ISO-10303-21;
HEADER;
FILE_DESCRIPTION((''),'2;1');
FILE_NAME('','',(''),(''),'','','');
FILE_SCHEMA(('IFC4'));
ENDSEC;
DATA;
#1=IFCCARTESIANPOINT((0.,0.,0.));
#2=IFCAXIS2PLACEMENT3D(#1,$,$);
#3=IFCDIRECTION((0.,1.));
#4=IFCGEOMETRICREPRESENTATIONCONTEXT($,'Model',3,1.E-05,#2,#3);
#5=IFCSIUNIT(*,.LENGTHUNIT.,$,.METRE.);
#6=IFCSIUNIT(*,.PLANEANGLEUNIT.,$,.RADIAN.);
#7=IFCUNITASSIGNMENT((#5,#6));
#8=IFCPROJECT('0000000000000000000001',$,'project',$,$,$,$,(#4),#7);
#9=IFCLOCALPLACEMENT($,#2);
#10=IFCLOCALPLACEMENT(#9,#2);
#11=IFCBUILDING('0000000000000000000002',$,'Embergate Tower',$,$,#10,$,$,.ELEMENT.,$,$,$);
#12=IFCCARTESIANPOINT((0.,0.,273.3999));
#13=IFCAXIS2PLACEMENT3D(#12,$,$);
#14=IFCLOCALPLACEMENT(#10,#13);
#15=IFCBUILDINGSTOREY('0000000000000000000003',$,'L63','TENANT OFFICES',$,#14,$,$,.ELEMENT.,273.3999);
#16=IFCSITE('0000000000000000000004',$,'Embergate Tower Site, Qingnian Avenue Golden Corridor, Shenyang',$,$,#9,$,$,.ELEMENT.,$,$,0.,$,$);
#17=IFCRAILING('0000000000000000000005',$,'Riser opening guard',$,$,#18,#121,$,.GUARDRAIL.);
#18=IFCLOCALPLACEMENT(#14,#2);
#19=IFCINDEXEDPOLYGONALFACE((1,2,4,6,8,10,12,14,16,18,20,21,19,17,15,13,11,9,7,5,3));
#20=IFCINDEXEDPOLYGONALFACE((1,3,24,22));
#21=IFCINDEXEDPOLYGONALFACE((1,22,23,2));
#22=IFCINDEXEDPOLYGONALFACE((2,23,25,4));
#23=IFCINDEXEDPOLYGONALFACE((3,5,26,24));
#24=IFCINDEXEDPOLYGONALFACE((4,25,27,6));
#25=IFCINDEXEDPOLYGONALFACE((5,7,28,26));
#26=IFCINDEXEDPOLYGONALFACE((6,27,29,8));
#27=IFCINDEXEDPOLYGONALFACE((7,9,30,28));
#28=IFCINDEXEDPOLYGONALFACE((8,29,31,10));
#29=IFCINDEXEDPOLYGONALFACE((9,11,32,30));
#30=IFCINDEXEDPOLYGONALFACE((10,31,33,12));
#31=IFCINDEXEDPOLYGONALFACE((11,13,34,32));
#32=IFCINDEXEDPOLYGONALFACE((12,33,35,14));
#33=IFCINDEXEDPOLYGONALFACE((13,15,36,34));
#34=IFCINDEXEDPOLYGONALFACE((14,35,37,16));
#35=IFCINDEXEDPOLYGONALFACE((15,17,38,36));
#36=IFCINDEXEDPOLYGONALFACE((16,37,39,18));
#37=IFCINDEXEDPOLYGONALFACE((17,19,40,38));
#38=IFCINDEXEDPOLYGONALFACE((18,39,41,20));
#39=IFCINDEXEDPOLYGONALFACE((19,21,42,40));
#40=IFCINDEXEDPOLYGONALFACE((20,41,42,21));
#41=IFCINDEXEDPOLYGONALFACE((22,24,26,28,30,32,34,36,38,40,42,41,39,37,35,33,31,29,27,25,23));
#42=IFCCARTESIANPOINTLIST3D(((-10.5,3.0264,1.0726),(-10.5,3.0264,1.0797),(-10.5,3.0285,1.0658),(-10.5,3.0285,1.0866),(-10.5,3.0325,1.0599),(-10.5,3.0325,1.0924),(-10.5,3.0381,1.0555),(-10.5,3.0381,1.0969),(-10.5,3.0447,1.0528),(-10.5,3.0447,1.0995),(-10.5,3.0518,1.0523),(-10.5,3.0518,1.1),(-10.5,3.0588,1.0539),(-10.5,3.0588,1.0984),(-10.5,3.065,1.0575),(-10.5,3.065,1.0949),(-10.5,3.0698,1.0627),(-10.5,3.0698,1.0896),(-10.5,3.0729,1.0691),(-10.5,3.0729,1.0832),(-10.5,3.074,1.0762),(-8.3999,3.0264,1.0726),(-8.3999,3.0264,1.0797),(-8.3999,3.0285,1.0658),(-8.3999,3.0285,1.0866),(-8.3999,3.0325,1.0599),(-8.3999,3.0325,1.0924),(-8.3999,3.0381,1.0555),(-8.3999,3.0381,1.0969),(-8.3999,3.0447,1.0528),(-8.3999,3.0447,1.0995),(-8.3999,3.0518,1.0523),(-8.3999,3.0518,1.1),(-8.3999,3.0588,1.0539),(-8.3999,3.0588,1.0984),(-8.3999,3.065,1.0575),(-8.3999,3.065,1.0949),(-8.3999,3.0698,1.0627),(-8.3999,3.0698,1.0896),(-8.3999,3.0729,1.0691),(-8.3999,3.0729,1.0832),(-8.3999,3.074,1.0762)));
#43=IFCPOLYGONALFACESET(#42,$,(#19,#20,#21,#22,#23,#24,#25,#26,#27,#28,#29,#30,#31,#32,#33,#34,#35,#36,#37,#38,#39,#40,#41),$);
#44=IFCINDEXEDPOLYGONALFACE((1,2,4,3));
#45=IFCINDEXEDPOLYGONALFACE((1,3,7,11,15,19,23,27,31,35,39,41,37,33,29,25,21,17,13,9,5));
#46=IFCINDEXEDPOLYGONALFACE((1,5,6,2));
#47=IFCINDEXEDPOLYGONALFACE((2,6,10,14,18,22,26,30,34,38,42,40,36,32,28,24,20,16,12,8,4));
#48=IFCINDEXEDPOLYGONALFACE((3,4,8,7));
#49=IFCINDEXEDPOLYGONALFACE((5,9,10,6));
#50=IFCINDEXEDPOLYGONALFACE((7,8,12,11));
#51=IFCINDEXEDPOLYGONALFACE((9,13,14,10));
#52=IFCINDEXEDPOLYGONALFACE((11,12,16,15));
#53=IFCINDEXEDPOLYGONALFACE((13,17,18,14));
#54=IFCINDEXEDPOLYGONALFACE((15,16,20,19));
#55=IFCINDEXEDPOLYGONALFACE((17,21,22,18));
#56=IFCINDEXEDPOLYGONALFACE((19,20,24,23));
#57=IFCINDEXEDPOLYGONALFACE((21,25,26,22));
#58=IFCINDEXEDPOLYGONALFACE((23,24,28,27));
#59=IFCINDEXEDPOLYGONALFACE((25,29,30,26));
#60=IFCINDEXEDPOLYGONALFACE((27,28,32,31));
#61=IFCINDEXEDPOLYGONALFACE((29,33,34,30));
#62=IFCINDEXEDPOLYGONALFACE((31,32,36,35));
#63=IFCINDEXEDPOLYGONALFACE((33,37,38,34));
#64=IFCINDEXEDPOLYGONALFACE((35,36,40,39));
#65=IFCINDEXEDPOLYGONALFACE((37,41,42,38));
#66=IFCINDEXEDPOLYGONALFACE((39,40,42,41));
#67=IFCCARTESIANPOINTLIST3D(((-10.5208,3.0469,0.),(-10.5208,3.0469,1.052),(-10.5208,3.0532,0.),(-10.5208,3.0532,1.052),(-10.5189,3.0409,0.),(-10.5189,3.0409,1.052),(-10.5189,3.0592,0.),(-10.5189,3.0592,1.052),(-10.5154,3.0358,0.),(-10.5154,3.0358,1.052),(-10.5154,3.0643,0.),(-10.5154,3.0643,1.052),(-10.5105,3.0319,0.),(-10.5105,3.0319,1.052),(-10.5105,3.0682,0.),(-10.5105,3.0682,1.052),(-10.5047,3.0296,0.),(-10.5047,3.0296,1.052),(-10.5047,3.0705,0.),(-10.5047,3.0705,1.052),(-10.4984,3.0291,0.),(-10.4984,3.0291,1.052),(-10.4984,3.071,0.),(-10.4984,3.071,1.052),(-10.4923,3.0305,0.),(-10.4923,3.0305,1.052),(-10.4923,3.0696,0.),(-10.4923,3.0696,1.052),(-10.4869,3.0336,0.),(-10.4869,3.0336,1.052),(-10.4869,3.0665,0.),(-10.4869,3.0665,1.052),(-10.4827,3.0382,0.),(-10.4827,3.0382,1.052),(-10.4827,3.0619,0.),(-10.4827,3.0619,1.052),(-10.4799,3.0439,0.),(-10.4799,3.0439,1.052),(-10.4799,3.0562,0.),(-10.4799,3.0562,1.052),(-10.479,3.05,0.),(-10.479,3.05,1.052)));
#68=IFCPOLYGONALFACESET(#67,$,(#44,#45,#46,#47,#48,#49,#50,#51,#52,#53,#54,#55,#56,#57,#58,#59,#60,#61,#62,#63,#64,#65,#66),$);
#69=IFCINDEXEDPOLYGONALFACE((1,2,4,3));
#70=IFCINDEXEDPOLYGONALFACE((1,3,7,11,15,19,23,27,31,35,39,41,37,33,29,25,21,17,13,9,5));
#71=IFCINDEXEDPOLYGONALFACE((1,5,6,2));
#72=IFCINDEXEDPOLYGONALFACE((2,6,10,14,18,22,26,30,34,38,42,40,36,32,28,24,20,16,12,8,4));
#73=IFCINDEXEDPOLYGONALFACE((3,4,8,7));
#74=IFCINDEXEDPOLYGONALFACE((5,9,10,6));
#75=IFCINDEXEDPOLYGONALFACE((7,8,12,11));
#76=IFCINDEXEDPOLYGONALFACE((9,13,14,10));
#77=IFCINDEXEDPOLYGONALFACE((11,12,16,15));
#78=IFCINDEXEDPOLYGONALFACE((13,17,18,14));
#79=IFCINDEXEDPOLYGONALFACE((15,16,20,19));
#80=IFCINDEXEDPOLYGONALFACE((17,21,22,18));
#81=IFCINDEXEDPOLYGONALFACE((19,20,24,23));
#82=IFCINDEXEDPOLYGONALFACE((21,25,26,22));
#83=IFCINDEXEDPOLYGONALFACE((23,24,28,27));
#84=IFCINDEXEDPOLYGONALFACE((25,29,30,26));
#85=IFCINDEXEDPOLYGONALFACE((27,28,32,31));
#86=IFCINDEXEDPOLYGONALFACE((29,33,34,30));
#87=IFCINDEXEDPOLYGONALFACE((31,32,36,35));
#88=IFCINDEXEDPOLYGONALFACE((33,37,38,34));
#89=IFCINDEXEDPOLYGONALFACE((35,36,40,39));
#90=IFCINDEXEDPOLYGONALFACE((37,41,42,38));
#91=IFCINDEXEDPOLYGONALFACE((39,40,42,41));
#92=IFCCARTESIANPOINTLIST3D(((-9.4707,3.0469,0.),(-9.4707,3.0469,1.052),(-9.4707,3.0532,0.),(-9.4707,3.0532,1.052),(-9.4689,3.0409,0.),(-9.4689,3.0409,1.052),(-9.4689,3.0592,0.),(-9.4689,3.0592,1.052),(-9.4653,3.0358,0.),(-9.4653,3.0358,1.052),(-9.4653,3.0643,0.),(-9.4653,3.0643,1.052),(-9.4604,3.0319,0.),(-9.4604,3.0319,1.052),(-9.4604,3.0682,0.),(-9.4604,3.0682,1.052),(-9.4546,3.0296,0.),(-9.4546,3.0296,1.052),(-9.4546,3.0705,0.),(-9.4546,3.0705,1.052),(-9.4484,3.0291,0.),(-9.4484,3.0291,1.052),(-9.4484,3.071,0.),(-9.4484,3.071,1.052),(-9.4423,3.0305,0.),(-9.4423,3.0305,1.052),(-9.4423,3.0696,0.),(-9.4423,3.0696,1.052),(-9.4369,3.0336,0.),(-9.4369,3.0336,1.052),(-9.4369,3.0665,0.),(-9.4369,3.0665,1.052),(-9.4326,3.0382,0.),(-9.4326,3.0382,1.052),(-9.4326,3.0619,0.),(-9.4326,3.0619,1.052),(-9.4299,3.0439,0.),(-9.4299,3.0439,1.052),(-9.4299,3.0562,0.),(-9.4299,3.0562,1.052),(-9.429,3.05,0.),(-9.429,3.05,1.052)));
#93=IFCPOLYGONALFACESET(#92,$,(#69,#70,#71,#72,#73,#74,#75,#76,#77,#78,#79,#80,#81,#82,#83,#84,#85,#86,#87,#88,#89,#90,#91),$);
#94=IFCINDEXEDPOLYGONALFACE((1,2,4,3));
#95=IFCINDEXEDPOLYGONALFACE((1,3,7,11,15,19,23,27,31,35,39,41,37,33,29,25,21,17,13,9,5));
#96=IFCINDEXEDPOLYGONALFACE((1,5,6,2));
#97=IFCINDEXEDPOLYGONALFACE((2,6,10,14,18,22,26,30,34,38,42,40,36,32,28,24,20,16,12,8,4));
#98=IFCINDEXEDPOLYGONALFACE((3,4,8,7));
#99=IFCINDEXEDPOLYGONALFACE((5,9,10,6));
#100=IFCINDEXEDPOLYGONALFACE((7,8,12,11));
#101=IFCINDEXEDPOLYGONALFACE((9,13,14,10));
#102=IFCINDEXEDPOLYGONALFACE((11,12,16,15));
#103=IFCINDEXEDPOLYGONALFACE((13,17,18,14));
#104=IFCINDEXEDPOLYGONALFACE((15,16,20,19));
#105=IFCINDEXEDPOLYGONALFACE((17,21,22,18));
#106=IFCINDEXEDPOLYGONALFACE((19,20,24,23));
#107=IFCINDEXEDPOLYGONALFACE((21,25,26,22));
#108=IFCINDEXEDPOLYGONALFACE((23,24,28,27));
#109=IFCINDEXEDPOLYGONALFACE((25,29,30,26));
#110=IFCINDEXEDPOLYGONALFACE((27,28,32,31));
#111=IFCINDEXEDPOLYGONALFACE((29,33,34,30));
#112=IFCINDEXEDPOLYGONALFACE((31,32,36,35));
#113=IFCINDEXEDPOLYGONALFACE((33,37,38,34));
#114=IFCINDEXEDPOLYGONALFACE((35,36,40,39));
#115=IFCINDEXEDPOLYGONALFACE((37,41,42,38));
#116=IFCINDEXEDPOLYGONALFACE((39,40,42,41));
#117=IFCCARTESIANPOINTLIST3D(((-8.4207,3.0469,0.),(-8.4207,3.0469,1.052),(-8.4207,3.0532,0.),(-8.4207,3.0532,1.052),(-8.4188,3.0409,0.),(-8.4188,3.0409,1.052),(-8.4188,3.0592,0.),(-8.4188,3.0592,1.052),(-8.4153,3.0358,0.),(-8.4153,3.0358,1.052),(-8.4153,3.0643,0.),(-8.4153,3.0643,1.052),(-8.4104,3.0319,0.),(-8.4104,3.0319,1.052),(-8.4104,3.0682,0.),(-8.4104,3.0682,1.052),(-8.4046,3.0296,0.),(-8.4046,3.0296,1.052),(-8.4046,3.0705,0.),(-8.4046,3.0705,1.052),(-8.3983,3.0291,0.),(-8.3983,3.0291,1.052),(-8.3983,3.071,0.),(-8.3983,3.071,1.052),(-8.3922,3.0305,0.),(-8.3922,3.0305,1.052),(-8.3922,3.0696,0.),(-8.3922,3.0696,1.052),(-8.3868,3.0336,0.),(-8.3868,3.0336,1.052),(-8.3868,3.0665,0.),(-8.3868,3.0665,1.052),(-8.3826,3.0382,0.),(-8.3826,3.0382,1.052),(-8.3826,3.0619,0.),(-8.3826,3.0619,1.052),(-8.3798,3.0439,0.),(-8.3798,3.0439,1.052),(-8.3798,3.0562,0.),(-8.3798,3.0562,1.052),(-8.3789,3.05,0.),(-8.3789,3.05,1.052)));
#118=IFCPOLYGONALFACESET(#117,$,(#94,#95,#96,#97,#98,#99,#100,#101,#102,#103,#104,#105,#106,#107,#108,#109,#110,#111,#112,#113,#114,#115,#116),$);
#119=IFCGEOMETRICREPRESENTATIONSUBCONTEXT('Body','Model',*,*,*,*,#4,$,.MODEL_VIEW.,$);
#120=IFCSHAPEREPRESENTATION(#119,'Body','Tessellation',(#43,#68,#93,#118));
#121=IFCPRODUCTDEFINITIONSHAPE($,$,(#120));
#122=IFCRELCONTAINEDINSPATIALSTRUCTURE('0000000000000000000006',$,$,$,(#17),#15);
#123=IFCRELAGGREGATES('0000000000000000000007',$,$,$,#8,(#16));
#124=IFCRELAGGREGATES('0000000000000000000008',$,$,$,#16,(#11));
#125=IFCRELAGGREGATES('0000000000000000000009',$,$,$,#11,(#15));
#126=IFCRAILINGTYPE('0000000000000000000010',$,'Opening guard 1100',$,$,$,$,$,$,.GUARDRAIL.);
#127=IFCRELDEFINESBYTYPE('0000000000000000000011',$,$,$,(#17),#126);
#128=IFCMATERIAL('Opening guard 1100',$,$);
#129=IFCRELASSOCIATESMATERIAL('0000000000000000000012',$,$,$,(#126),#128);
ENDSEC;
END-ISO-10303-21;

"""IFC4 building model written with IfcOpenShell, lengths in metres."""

from ifc_helpers import new_model, si_unit, direction, frame, origin, origin_2d, place, context, subcontext, project, spatial, circle, extrude, source, transform, mapped, material, type_object, element, save


model = new_model("IFC4")

# Units and contexts
model_context = context("Model", 3, precision=1e-05, world=origin(), true_north=direction((0.0, 1.0)))
body_context = subcontext(model_context, "Body", "Model", "MODEL_VIEW")
ifc_project = project(units=[si_unit("LENGTHUNIT", "METRE"), si_unit("PLANEANGLEUNIT", "RADIAN")], contexts=[model_context])

# Site, building, storey
site_placement = place(None, origin())
site = spatial("IfcSite", under=ifc_project, at=site_placement, Name="Embergate Tower Site, Qingnian Avenue Golden Corridor, Shenyang", CompositionType="ELEMENT", RefElevation=0.0)
building_placement = place(site_placement, origin())
building = spatial("IfcBuilding", under=site, at=building_placement, Name="Embergate Tower", CompositionType="ELEMENT")
storey_placement = place(building_placement, frame((0.0, 0.0, 273.3999)))
storey = spatial("IfcBuildingStorey", under=building, at=storey_placement, Name="L63", Description="TENANT OFFICES", CompositionType="ELEMENT", Elevation=273.3999)

# Railing
ifc_material_1 = material(Name="Opening guard 1100")
railing_type = type_object("IfcRailingType", Name="Opening guard 1100", PredefinedType="GUARDRAIL", material=ifc_material_1)
shared_shape_1 = source(origin(), body_context, "Body", "SweptSolid", [
    extrude(circle(Radius=0.0239, at=origin_2d()), frame((0.0, 0.0, 1.0762), z_axis=(1.0, 0.0, 0.0), x_axis=(0.0, 1.0, 0.0)), (0.0, 0.0, 1.0), 2.1001),
    extrude(circle(Radius=0.021, at=origin_2d()), origin(), (0.0, 0.0, 1.0), 1.052),
    extrude(circle(Radius=0.021, at=origin_2d()), frame((1.05, 0.0, 0.0)), (0.0, 0.0, 1.0), 1.052),
    extrude(circle(Radius=0.021, at=origin_2d()), frame((2.1001, 0.0, 0.0)), (0.0, 0.0, 1.0), 1.052),
])
railing_1_placement = place(storey_placement, frame((-10.5, 3.05, 0.0)))
element("IfcRailing", 1, at=railing_1_placement, inside=storey, type_object=railing_type, Name="Riser opening guard", PredefinedType="GUARDRAIL", context=body_context, shape_type="MappedRepresentation", body=[
    mapped(shared_shape_1, transform((0.0, 0.0, 0.0))),
])

save(model, "model.ifc")
